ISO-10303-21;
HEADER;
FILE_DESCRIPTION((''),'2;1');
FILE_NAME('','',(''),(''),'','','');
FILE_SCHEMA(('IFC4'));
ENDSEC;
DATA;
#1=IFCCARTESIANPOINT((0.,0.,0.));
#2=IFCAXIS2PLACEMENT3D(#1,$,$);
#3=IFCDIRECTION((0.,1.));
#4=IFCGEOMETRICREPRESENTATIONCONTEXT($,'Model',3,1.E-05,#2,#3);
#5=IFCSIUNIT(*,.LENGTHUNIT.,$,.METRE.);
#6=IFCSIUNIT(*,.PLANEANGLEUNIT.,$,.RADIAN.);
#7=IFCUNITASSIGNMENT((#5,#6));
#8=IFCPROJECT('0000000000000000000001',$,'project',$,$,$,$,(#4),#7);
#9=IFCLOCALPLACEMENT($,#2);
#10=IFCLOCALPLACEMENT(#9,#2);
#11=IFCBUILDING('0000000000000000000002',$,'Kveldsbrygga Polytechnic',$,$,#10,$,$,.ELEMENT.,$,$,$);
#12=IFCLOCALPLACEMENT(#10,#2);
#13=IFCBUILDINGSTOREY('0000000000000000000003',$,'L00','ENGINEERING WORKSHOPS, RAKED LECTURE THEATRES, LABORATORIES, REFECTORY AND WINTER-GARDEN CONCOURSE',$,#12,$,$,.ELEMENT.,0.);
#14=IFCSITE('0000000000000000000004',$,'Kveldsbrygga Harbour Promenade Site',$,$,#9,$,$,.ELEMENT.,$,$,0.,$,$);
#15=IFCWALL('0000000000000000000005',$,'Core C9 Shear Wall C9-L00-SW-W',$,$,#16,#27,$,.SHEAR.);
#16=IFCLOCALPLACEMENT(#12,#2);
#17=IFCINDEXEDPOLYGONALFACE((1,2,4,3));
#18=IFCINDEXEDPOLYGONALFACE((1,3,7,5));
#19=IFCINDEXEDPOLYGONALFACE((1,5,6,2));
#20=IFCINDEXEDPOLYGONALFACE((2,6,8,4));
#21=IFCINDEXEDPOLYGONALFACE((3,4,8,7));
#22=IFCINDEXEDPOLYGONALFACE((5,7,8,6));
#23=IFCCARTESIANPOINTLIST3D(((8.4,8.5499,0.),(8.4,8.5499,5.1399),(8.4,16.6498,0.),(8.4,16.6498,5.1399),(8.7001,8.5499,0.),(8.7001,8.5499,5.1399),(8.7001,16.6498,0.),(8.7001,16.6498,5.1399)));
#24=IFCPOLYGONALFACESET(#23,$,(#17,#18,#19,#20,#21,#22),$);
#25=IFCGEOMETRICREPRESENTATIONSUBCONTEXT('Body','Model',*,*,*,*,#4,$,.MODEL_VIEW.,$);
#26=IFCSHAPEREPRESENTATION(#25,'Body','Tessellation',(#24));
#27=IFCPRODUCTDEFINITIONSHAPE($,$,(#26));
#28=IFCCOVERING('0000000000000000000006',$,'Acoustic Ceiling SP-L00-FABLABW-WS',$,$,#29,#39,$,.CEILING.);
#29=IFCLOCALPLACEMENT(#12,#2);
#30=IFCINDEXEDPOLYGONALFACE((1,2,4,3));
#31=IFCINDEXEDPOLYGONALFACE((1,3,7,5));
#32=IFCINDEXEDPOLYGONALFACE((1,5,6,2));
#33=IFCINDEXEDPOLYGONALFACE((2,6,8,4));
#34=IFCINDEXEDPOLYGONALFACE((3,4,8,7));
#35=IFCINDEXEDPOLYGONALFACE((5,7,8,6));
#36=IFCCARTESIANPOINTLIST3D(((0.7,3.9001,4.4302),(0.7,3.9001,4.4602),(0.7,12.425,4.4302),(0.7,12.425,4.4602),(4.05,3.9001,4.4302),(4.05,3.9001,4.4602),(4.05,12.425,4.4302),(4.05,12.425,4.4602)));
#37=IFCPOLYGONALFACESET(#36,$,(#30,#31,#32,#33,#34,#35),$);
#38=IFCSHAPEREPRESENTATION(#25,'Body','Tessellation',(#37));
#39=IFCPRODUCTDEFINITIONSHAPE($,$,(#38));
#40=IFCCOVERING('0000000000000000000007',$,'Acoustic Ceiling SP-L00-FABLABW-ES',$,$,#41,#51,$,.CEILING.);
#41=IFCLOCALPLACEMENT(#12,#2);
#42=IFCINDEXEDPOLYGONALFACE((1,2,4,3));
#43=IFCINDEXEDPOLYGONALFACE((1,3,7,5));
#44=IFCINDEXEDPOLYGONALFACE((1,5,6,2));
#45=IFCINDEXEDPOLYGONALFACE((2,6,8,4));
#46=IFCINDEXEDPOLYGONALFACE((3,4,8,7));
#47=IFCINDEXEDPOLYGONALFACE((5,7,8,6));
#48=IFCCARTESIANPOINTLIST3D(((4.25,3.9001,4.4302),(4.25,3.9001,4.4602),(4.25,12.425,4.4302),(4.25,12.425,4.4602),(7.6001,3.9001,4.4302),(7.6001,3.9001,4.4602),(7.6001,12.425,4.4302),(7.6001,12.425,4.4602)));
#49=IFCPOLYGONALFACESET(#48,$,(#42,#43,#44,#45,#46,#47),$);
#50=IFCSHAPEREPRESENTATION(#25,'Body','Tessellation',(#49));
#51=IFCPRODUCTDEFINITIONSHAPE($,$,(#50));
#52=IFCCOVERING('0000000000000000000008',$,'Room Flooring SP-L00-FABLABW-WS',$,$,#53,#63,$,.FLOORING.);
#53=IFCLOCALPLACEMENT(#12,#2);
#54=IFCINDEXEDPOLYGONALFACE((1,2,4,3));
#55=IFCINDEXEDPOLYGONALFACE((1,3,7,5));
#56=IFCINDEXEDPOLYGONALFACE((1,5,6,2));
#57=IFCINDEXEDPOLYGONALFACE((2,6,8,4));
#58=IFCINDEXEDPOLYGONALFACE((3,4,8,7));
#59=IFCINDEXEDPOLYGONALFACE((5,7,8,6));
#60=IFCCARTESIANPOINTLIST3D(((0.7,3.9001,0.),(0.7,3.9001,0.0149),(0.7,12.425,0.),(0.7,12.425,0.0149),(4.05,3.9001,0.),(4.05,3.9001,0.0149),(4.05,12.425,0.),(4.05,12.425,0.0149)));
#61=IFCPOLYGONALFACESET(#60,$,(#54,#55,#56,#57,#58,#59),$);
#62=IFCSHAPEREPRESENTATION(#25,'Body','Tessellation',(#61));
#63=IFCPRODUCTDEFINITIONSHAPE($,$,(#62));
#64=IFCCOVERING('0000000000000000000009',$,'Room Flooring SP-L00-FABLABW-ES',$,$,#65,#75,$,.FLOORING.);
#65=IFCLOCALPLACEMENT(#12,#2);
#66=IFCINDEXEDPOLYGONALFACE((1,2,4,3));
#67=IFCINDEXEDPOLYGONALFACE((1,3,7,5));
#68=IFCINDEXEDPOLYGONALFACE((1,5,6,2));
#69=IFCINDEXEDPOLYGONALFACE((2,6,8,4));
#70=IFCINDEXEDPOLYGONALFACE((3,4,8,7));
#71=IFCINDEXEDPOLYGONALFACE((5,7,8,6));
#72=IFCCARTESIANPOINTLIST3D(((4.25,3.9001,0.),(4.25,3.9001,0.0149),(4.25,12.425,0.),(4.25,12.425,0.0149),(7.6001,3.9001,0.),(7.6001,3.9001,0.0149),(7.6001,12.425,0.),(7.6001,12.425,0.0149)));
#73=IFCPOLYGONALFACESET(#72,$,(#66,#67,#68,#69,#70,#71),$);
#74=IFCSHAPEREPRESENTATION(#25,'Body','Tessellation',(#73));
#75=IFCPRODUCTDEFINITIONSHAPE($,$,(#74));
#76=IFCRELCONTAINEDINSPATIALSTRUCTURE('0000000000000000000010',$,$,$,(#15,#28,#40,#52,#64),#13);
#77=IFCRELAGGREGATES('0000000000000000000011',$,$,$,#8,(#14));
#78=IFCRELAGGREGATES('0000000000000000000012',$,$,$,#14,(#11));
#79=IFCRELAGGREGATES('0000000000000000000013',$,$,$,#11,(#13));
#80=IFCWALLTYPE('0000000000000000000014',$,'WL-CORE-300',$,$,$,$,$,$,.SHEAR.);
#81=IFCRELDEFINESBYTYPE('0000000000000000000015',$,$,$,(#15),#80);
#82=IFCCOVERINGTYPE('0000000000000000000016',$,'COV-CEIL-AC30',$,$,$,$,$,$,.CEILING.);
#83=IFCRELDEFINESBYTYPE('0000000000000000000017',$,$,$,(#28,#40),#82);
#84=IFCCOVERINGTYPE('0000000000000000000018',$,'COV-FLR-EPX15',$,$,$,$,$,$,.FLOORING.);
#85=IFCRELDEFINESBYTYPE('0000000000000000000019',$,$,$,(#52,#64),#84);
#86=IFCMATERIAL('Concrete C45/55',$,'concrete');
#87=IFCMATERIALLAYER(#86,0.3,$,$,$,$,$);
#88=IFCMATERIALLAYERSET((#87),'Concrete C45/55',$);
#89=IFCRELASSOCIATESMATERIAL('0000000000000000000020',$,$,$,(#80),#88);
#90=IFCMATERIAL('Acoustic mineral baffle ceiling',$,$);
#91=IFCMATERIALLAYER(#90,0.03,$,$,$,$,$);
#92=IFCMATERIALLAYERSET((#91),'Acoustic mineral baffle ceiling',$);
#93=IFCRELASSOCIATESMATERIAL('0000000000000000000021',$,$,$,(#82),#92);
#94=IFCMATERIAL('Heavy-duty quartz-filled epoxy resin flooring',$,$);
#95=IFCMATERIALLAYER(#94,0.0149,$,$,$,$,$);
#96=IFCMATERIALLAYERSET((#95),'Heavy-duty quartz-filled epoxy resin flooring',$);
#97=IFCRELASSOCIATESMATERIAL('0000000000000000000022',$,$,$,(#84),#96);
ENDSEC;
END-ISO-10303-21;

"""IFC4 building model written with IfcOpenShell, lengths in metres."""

from ifc_helpers import new_model, si_unit, direction, frame, frame_2d, origin, origin_2d, place, context, subcontext, project, spatial, rectangle, extrude, material, layer, layer_set, type_object, element, save


model = new_model("IFC4")

# Units and contexts
model_context = context("Model", 3, precision=1e-05, world=origin(), true_north=direction((0.0, 1.0)))
body_context = subcontext(model_context, "Body", "Model", "MODEL_VIEW")
ifc_project = project(units=[si_unit("LENGTHUNIT", "METRE"), si_unit("PLANEANGLEUNIT", "RADIAN")], contexts=[model_context])

# Site, building, storey
site_placement = place(None, origin())
site = spatial("IfcSite", under=ifc_project, at=site_placement, Name="Kveldsbrygga Harbour Promenade Site", CompositionType="ELEMENT", RefElevation=0.0)
building_placement = place(site_placement, origin())
building = spatial("IfcBuilding", under=site, at=building_placement, Name="Kveldsbrygga Polytechnic", CompositionType="ELEMENT")
storey_placement = place(building_placement, origin())
storey = spatial("IfcBuildingStorey", under=building, at=storey_placement, Name="L00", Description="ENGINEERING WORKSHOPS, RAKED LECTURE THEATRES, LABORATORIES, REFECTORY AND WINTER-GARDEN CONCOURSE", CompositionType="ELEMENT", Elevation=0.0)

# Shared definitions
ifc_material_1 = material(Name="Concrete C45/55", Category="concrete")

# Shared definitions
ifc_layer_1 = layer(ifc_material_1, 0.3)
ifc_layer_set_1 = layer_set([ifc_layer_1], Name="Concrete C45/55")
wall_type_1 = type_object("IfcWallType", Name="WL-CORE-300", PredefinedType="SHEAR", material=ifc_layer_set_1)

# Wall
wall_1_placement = place(storey_placement, frame((8.55, 8.55, 0.0), z_axis=(0.0, 0.0, 1.0), x_axis=(0.0, 1.0, 0.0)))
element("IfcWall", 1, at=wall_1_placement, inside=storey, type_object=wall_type_1, Name="Core C9 Shear Wall C9-L00-SW-W", PredefinedType="SHEAR", context=body_context, shape_type="SweptSolid", body=[
    extrude(rectangle(XDim=8.0999, YDim=0.3, at=frame_2d((4.0498, 0.0))), origin(), (0.0, 0.0, 1.0), 5.1399),
])

# Coverings
ifc_material_2 = material(Name="Acoustic mineral baffle ceiling")
ifc_layer_2 = layer(ifc_material_2, 0.03)
ifc_layer_set_2 = layer_set([ifc_layer_2], Name="Acoustic mineral baffle ceiling")
covering_type_1 = type_object("IfcCoveringType", Name="COV-CEIL-AC30", PredefinedType="CEILING", material=ifc_layer_set_2)
for number, where, z_axis, x_axis, name in (
    (2, (2.375, 8.1626, 4.4302), (0.0, 0.0, 1.0), (1.0, 0.0, 0.0), "Acoustic Ceiling SP-L00-FABLABW-WS"),
    (3, (5.925, 8.1626, 4.4302), (0.0, 0.0, 1.0), (1.0, 0.0, 0.0), "Acoustic Ceiling SP-L00-FABLABW-ES"),
):
    element("IfcCovering", number, at=place(storey_placement, frame(where, z_axis=z_axis, x_axis=x_axis)), inside=storey, type_object=covering_type_1, Name=name, PredefinedType="CEILING", context=body_context, shape_type="SweptSolid", body=[
        extrude(rectangle(XDim=3.3501, YDim=8.5249, at=origin_2d()), origin(), (0.0, 0.0, 1.0), 0.03),
    ])
ifc_material_3 = material(Name="Heavy-duty quartz-filled epoxy resin flooring")
ifc_layer_3 = layer(ifc_material_3, 0.0149)
ifc_layer_set_3 = layer_set([ifc_layer_3], Name="Heavy-duty quartz-filled epoxy resin flooring")
covering_type_2 = type_object("IfcCoveringType", Name="COV-FLR-EPX15", PredefinedType="FLOORING", material=ifc_layer_set_3)
for number, where, z_axis, x_axis, name in (
    (4, (2.375, 8.1626, 0.0), (0.0, 0.0, 1.0), (1.0, 0.0, 0.0), "Room Flooring SP-L00-FABLABW-WS"),
    (5, (5.925, 8.1626, 0.0), (0.0, 0.0, 1.0), (1.0, 0.0, 0.0), "Room Flooring SP-L00-FABLABW-ES"),
):
    element("IfcCovering", number, at=place(storey_placement, frame(where, z_axis=z_axis, x_axis=x_axis)), inside=storey, type_object=covering_type_2, Name=name, PredefinedType="FLOORING", context=body_context, shape_type="SweptSolid", body=[
        extrude(rectangle(XDim=3.3501, YDim=8.5249, at=origin_2d()), origin(), (0.0, 0.0, 1.0), 0.0149),
    ])

save(model, "model.ifc")
